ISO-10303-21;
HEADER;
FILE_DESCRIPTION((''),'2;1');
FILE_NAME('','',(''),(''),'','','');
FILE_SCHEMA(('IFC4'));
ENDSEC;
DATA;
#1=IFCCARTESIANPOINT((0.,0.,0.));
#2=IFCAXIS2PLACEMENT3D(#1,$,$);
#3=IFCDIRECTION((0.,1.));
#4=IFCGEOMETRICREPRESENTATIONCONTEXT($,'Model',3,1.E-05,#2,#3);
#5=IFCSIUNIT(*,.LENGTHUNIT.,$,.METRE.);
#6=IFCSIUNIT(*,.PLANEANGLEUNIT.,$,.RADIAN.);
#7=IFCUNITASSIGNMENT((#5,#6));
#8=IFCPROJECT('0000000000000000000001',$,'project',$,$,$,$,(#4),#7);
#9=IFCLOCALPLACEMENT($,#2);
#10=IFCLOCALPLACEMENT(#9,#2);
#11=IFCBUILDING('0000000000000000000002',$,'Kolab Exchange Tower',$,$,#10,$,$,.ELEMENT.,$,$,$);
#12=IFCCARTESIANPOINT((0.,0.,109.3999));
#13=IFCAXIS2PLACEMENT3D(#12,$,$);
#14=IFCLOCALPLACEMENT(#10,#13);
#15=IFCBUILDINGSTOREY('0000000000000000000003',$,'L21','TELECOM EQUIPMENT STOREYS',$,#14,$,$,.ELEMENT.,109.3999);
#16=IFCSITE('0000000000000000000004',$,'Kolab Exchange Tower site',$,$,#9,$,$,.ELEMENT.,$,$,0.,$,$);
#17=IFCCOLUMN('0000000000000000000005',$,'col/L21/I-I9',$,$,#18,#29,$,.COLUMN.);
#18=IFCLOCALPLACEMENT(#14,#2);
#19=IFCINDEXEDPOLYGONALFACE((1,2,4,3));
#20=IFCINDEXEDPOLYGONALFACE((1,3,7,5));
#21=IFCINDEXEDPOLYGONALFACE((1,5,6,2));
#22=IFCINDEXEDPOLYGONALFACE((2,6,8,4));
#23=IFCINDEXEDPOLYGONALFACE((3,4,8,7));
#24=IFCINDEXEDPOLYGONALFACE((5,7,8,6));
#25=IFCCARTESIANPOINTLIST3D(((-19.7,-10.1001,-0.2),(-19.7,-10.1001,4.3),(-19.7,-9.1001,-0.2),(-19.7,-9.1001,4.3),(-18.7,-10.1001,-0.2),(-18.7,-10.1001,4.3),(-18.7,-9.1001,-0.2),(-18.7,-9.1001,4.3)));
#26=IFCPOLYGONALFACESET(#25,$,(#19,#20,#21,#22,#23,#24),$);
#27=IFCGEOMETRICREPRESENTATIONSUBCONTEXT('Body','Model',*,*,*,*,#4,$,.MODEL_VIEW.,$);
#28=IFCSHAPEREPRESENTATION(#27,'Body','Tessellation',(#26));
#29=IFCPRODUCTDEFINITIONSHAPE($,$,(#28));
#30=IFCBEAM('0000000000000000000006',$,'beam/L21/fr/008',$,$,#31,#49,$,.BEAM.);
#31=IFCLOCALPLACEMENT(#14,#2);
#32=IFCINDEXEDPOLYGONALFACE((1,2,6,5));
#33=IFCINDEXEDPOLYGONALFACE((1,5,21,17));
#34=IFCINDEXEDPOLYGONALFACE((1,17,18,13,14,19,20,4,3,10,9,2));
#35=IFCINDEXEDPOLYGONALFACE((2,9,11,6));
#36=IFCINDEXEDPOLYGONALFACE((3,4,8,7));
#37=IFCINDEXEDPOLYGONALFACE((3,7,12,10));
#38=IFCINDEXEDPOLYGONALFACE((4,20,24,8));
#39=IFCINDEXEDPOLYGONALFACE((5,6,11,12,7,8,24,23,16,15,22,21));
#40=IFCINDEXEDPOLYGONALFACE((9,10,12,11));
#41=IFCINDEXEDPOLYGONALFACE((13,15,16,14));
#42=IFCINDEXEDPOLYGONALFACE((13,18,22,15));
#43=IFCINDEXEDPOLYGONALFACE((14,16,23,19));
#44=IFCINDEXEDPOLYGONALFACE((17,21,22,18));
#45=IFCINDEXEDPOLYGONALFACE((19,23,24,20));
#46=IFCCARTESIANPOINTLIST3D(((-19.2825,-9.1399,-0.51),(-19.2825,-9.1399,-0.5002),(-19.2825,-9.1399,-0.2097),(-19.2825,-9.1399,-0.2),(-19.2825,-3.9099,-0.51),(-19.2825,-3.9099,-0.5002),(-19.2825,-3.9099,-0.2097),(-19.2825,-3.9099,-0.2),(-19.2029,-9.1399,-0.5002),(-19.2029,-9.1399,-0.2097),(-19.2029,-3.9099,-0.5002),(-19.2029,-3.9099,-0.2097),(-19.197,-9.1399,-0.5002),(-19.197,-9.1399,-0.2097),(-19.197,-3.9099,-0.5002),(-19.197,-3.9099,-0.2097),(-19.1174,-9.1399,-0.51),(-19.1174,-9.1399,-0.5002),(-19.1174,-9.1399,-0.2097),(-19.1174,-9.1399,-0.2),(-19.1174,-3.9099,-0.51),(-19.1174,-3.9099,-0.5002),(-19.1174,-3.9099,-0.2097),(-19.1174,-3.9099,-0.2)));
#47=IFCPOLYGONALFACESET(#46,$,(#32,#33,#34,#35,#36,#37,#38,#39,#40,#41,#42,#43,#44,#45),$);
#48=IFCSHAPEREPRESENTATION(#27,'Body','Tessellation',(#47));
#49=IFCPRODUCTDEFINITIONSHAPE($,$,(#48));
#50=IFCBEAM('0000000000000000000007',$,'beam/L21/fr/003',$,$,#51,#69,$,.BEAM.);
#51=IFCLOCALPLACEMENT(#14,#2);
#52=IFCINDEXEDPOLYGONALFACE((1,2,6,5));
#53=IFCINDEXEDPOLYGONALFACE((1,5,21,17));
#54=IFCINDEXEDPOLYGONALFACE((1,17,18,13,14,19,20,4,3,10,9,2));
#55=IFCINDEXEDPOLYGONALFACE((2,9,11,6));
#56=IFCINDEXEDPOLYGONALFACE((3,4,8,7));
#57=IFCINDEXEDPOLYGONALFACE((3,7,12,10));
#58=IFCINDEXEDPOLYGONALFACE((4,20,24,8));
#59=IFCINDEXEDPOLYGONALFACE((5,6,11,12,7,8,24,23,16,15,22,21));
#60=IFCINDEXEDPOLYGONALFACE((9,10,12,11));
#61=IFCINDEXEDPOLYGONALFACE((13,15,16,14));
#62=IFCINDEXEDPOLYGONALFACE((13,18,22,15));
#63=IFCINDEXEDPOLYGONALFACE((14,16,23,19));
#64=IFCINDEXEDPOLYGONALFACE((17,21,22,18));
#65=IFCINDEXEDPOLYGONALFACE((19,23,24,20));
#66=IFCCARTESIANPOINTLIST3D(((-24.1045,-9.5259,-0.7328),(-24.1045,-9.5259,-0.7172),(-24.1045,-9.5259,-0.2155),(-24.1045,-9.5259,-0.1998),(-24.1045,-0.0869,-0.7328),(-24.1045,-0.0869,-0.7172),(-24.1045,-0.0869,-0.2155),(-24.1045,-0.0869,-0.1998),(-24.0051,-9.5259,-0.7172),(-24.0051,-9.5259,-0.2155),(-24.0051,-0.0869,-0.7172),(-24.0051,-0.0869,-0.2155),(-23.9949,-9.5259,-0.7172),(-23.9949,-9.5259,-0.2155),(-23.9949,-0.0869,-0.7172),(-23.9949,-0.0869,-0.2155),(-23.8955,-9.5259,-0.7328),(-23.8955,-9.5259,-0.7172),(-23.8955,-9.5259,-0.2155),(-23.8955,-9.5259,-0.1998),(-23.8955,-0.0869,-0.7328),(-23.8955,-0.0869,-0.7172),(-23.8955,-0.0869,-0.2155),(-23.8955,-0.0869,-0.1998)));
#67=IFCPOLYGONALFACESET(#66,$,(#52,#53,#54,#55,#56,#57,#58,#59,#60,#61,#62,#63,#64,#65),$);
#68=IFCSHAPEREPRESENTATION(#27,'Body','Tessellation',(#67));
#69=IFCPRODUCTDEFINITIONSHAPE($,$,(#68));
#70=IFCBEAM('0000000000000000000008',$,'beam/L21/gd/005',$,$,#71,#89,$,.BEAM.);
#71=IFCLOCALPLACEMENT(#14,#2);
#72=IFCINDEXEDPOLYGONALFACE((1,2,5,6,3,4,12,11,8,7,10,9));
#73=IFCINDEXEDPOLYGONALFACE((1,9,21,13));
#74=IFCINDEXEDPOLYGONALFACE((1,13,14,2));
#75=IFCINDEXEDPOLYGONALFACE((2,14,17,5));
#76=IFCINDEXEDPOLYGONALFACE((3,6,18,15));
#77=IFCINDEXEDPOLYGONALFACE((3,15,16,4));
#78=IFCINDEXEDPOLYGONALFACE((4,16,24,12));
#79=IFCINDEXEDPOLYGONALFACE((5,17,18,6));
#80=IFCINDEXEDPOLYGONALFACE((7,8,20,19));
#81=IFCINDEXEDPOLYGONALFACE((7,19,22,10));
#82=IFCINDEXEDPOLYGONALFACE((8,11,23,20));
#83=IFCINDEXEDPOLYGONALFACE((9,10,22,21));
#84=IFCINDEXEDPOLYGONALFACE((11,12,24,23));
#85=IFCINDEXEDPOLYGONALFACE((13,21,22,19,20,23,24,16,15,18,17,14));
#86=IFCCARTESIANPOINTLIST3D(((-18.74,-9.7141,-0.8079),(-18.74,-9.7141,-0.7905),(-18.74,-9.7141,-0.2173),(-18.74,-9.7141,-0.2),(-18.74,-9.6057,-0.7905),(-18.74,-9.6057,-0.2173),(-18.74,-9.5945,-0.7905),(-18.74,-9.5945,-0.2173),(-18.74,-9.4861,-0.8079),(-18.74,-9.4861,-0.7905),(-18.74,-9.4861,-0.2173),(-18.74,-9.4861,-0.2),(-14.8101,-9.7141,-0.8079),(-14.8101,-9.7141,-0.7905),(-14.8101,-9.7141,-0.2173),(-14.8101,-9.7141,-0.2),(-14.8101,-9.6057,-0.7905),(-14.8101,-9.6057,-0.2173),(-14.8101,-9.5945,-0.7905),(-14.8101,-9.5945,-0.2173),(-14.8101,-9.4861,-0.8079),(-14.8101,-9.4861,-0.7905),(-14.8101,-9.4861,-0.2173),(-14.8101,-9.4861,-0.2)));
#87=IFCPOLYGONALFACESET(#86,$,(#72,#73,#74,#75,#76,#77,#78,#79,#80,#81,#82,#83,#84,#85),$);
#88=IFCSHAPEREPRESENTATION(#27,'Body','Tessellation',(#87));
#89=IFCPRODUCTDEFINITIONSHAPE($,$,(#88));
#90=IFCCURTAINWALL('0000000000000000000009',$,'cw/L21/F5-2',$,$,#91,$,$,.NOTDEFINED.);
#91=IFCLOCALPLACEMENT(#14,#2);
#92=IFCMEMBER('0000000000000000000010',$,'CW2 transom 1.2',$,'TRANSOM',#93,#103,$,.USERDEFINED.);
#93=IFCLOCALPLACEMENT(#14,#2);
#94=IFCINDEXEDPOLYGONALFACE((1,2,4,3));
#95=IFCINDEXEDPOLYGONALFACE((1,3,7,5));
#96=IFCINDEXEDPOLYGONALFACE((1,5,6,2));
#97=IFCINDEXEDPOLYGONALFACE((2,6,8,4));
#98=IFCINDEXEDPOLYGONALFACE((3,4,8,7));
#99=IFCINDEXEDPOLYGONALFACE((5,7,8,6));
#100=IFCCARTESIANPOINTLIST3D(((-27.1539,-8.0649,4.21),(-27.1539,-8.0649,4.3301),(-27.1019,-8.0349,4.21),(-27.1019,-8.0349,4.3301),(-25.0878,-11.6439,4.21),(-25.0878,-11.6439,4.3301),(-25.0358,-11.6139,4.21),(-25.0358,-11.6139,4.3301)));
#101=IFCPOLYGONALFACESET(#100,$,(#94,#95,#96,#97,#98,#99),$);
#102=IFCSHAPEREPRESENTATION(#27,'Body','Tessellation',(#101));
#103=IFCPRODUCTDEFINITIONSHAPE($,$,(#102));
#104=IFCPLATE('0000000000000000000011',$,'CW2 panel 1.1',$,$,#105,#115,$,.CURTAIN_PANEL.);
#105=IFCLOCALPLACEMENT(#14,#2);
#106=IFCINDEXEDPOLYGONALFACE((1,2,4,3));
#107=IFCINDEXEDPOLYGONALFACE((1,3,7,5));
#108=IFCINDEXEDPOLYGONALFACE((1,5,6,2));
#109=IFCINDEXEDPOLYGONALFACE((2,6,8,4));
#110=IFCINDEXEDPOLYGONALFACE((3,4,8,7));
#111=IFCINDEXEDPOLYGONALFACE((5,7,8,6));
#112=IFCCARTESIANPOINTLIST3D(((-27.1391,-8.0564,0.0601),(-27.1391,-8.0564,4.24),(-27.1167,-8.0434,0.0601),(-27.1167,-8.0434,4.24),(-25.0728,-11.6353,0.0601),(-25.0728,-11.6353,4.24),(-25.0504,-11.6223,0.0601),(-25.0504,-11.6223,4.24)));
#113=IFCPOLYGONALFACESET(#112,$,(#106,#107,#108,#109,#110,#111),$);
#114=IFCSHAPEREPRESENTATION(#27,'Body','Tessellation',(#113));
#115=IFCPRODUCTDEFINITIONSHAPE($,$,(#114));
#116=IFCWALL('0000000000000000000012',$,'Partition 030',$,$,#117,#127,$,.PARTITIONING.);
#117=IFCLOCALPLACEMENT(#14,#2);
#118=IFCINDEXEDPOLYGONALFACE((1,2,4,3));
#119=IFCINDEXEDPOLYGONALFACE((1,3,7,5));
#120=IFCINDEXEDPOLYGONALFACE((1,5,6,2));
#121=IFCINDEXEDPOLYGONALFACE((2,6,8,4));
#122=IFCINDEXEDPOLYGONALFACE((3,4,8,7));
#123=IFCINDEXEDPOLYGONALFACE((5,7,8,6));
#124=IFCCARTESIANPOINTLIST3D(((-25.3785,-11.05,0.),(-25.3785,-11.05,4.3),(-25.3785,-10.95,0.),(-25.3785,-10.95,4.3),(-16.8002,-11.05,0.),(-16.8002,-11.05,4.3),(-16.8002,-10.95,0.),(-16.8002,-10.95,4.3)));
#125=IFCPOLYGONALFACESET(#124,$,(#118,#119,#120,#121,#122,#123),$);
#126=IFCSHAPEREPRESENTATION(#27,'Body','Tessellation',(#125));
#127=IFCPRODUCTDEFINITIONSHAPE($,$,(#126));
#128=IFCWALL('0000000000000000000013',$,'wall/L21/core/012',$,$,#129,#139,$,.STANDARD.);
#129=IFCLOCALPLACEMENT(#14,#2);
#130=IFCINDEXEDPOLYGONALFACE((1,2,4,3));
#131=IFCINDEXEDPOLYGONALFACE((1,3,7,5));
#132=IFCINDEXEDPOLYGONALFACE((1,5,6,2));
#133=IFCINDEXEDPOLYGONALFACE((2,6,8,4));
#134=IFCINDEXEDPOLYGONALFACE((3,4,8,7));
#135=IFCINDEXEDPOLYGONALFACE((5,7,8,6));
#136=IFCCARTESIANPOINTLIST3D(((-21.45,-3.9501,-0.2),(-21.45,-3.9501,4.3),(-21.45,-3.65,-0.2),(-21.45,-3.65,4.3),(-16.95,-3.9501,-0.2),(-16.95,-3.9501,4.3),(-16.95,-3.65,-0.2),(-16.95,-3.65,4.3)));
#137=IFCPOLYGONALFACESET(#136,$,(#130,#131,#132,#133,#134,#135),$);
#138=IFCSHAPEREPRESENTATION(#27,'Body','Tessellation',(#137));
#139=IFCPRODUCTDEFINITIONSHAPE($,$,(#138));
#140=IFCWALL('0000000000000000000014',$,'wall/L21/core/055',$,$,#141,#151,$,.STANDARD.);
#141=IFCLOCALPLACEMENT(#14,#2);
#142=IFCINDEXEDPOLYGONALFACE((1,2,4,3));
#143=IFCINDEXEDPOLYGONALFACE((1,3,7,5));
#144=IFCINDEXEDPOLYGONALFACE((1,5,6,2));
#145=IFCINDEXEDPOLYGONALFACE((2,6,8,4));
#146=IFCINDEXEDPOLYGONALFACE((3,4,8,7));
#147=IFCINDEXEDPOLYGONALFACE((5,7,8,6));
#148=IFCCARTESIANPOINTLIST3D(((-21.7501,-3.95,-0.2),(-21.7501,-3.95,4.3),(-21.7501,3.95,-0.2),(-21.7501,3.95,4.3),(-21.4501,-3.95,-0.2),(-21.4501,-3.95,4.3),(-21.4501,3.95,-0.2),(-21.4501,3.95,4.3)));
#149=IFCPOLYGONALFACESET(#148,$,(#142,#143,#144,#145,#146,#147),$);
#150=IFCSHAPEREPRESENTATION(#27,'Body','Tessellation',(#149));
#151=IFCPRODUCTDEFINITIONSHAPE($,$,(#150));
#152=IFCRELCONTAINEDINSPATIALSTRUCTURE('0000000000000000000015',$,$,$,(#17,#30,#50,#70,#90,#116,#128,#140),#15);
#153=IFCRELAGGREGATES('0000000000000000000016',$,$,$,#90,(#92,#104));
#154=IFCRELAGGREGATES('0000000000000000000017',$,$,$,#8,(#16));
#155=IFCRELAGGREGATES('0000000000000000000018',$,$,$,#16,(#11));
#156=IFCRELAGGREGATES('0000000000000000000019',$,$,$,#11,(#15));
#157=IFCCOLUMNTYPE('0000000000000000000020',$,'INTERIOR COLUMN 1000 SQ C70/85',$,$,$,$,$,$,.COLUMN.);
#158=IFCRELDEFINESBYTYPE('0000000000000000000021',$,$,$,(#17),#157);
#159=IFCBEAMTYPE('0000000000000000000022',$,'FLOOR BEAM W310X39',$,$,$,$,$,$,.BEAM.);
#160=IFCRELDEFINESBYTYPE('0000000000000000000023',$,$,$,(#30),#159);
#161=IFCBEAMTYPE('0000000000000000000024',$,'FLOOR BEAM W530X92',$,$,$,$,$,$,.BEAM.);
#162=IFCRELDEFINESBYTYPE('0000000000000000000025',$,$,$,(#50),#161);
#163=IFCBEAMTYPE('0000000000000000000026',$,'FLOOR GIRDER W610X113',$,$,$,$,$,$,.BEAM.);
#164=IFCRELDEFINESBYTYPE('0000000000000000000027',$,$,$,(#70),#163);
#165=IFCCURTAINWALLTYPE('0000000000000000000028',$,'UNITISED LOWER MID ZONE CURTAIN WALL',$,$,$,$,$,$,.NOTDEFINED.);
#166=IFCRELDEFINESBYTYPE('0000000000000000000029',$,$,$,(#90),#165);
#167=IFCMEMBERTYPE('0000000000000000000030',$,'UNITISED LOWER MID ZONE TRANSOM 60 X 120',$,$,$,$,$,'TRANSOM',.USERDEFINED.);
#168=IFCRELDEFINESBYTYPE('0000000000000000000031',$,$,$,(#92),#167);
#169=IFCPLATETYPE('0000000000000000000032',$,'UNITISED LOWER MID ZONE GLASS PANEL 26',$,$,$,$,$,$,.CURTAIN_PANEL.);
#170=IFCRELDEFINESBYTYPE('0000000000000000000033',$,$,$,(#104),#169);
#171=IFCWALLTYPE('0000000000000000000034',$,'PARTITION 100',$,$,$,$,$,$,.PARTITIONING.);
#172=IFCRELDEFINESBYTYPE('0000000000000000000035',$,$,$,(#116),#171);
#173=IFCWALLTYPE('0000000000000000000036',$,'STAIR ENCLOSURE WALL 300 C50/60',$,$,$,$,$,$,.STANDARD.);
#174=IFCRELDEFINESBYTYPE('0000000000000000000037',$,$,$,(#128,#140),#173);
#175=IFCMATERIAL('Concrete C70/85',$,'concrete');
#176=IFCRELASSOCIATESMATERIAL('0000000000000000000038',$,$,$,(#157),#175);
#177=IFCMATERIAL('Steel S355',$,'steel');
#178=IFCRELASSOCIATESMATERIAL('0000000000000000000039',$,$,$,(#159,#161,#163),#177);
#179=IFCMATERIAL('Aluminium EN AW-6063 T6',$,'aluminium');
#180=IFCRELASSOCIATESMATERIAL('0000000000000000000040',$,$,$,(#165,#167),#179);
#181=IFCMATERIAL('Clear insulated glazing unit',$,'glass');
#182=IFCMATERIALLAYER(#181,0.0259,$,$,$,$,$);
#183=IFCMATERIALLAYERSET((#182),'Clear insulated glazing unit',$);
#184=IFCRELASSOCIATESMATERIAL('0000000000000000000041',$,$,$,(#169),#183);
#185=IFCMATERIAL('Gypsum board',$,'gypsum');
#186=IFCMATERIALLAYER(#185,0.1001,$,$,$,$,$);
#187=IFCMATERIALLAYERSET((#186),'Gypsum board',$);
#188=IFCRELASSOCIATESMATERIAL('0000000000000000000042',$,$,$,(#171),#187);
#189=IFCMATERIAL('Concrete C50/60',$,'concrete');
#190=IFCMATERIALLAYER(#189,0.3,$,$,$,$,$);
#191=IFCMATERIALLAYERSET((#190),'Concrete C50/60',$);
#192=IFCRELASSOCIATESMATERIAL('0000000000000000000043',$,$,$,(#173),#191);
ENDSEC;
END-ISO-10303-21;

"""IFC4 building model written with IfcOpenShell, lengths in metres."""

from ifc_helpers import new_model, si_unit, direction, frame, frame_2d, origin, origin_2d, place, context, subcontext, project, spatial, rectangle, i_section, extrude, material, layer, layer_set, material_profile, profile_set, type_object, element, aggregate, save


model = new_model("IFC4")

# Units and contexts
model_context = context("Model", 3, precision=1e-05, world=origin(), true_north=direction((0.0, 1.0)))
body_context = subcontext(model_context, "Body", "Model", "MODEL_VIEW")
ifc_project = project(units=[si_unit("LENGTHUNIT", "METRE"), si_unit("PLANEANGLEUNIT", "RADIAN")], contexts=[model_context])

# Site, building, storey
site_placement = place(None, origin())
site = spatial("IfcSite", under=ifc_project, at=site_placement, Name="Kolab Exchange Tower site", CompositionType="ELEMENT", RefElevation=0.0)
building_placement = place(site_placement, origin())
building = spatial("IfcBuilding", under=site, at=building_placement, Name="Kolab Exchange Tower", CompositionType="ELEMENT")
storey_placement = place(building_placement, frame((0.0, 0.0, 109.3999)))
storey = spatial("IfcBuildingStorey", under=building, at=storey_placement, Name="L21", Description="TELECOM EQUIPMENT STOREYS", CompositionType="ELEMENT", Elevation=109.3999)

# Column
ifc_material_1 = material(Name="Concrete C70/85", Category="concrete")
ifc_material_profile_1 = material_profile(ifc_material_1, rectangle(XDim=1.0, YDim=1.0, at=origin_2d()), Name="RC1000")
ifc_profile_set_1 = profile_set([ifc_material_profile_1], Name="Concrete C70/85")
column_type = type_object("IfcColumnType", Name="INTERIOR COLUMN 1000 SQ C70/85", PredefinedType="COLUMN", material=ifc_profile_set_1)
column_placement = place(storey_placement, frame((-19.2, -9.6001, -0.2), z_axis=(0.0, 0.0, 1.0), x_axis=(1.0, 0.0, 0.0)))
element("IfcColumn", 1, at=column_placement, inside=storey, type_object=column_type, Name="col/L21/I-I9", PredefinedType="COLUMN", context=body_context, shape_type="SweptSolid", body=[
    extrude(rectangle(XDim=1.0, YDim=1.0, at=origin_2d()), origin(), (0.0, 0.0, 1.0), 4.5),
])

# Beams
ifc_material_2 = material(Name="Steel S355", Category="steel")
ifc_material_profile_2 = material_profile(ifc_material_2, i_section(OverallWidth=0.165, OverallDepth=0.3101, WebThickness=0.0059, FlangeThickness=0.0098, at=origin_2d()), Name="W310X39")
ifc_profile_set_2 = profile_set([ifc_material_profile_2], Name="Steel S355")
beam_type_1 = type_object("IfcBeamType", Name="FLOOR BEAM W310X39", PredefinedType="BEAM", material=ifc_profile_set_2)
beam_1_placement = place(storey_placement, frame((-19.2, -9.1399, -0.355), z_axis=(0.0, 1.0, 0.0), x_axis=(-1.0, 0.0, 0.0)))
element("IfcBeam", 2, at=beam_1_placement, inside=storey, type_object=beam_type_1, Name="beam/L21/fr/008", PredefinedType="BEAM", context=body_context, shape_type="SweptSolid", body=[
    extrude(i_section(OverallWidth=0.165, OverallDepth=0.3101, WebThickness=0.0059, FlangeThickness=0.0098, at=origin_2d()), origin(), (0.0, 0.0, 1.0), 5.23),
])
ifc_material_profile_3 = material_profile(ifc_material_2, i_section(OverallWidth=0.209, OverallDepth=0.533, WebThickness=0.0103, FlangeThickness=0.0156, at=origin_2d()), Name="W530X92")
ifc_profile_set_3 = profile_set([ifc_material_profile_3], Name="Steel S355")
beam_type_2 = type_object("IfcBeamType", Name="FLOOR BEAM W530X92", PredefinedType="BEAM", material=ifc_profile_set_3)
beam_2_placement = place(storey_placement, frame((-24.0, -9.5259, -0.4663), z_axis=(0.0, 1.0, 0.0), x_axis=(-1.0, 0.0, 0.0)))
element("IfcBeam", 3, at=beam_2_placement, inside=storey, type_object=beam_type_2, Name="beam/L21/fr/003", PredefinedType="BEAM", context=body_context, shape_type="SweptSolid", body=[
    extrude(i_section(OverallWidth=0.209, OverallDepth=0.533, WebThickness=0.0103, FlangeThickness=0.0156, at=origin_2d()), origin(), (0.0, 0.0, 1.0), 9.439),
])
ifc_material_profile_4 = material_profile(ifc_material_2, i_section(OverallWidth=0.228, OverallDepth=0.6079, WebThickness=0.0112, FlangeThickness=0.0173, at=origin_2d()), Name="W610X113")
ifc_profile_set_4 = profile_set([ifc_material_profile_4], Name="Steel S355")
beam_type_3 = type_object("IfcBeamType", Name="FLOOR GIRDER W610X113", PredefinedType="BEAM", material=ifc_profile_set_4)
beam_3_placement = place(storey_placement, frame((-18.74, -9.6001, -0.5039), z_axis=(1.0, 0.0, 0.0), x_axis=(0.0, 1.0, 0.0)))
element("IfcBeam", 4, at=beam_3_placement, inside=storey, type_object=beam_type_3, Name="beam/L21/gd/005", PredefinedType="BEAM", context=body_context, shape_type="SweptSolid", body=[
    extrude(i_section(OverallWidth=0.228, OverallDepth=0.6079, WebThickness=0.0112, FlangeThickness=0.0173, at=origin_2d()), origin(), (0.0, 0.0, 1.0), 3.9299),
])

# Curtain wall, member, plate
ifc_material_3 = material(Name="Aluminium EN AW-6063 T6", Category="aluminium")
curtain_wall_type = type_object("IfcCurtainWallType", Name="UNITISED LOWER MID ZONE CURTAIN WALL", PredefinedType="NOTDEFINED", material=ifc_material_3)
curtain_wall_placement = place(storey_placement, origin())
curtain_wall = element("IfcCurtainWall", 5, at=curtain_wall_placement, inside=storey, type_object=curtain_wall_type, Name="cw/L21/F5-2", PredefinedType="NOTDEFINED")
ifc_material_profile_5 = material_profile(ifc_material_3, rectangle(XDim=0.0601, YDim=0.1201, at=origin_2d()), Name="RECT 60X120")
ifc_profile_set_5 = profile_set([ifc_material_profile_5], Name="Aluminium EN AW-6063 T6")
member_type = type_object("IfcMemberType", Name="UNITISED LOWER MID ZONE TRANSOM 60 X 120", ElementType="TRANSOM", PredefinedType="USERDEFINED", material=ifc_profile_set_5)
member_placement = place(storey_placement, frame((-25.0618, -11.6289, 4.27), z_axis=(-0.499958, 0.86605, 0.0), x_axis=(-0.86605, -0.499958, 0.0)))
member = element("IfcMember", 6, at=member_placement, type_object=member_type, Name="CW2 transom 1.2", ObjectType="TRANSOM", PredefinedType="USERDEFINED", context=body_context, shape_type="SweptSolid", body=[
    extrude(rectangle(XDim=0.0601, YDim=0.1201, at=origin_2d()), origin(), (0.0, 0.0, 1.0), 4.1326),
])
ifc_material_4 = material(Name="Clear insulated glazing unit", Category="glass")
ifc_layer_1 = layer(ifc_material_4, 0.0259)
ifc_layer_set_1 = layer_set([ifc_layer_1], Name="Clear insulated glazing unit")
plate_type = type_object("IfcPlateType", Name="UNITISED LOWER MID ZONE GLASS PANEL 26", PredefinedType="CURTAIN_PANEL", material=ifc_layer_set_1)
plate_placement = place(storey_placement, frame((-26.0947, -9.8394, 0.0601), z_axis=(0.0, 0.0, 1.0), x_axis=(-0.5, 0.866025, 0.0)))
plate = element("IfcPlate", 7, at=plate_placement, type_object=plate_type, Name="CW2 panel 1.1", PredefinedType="CURTAIN_PANEL", context=body_context, shape_type="SweptSolid", body=[
    extrude(rectangle(XDim=4.1326, YDim=0.0259, at=origin_2d()), origin(), (0.0, 0.0, 1.0), 4.1799),
])
aggregate(curtain_wall, [member, plate])

# Walls
ifc_material_5 = material(Name="Gypsum board", Category="gypsum")
ifc_layer_2 = layer(ifc_material_5, 0.1001)
ifc_layer_set_2 = layer_set([ifc_layer_2], Name="Gypsum board")
wall_type_1 = type_object("IfcWallType", Name="PARTITION 100", PredefinedType="PARTITIONING", material=ifc_layer_set_2)
wall_1_placement = place(storey_placement, frame((-25.3784, -11.0, 0.0), z_axis=(0.0, 0.0, 1.0), x_axis=(1.0, 0.0, 0.0)))
element("IfcWall", 8, at=wall_1_placement, inside=storey, type_object=wall_type_1, Name="Partition 030", PredefinedType="PARTITIONING", context=body_context, shape_type="SweptSolid", body=[
    extrude(rectangle(XDim=8.5784, YDim=0.1001, at=frame_2d((4.2891, 0.0))), origin(), (0.0, 0.0, 1.0), 4.3),
])
ifc_material_6 = material(Name="Concrete C50/60", Category="concrete")
ifc_layer_3 = layer(ifc_material_6, 0.3)
ifc_layer_set_3 = layer_set([ifc_layer_3], Name="Concrete C50/60")
wall_type_2 = type_object("IfcWallType", Name="STAIR ENCLOSURE WALL 300 C50/60", PredefinedType="STANDARD", material=ifc_layer_set_3)
wall_2_placement = place(storey_placement, frame((-21.45, -3.8, -0.2), z_axis=(0.0, 0.0, 1.0), x_axis=(1.0, 0.0, 0.0)))
element("IfcWall", 9, at=wall_2_placement, inside=storey, type_object=wall_type_2, Name="wall/L21/core/012", PredefinedType="STANDARD", context=body_context, shape_type="SweptSolid", body=[
    extrude(rectangle(XDim=4.5, YDim=0.3, at=frame_2d((2.25, 0.0))), origin(), (0.0, 0.0, 1.0), 4.5),
])
wall_3_placement = place(storey_placement, frame((-21.6001, -3.95, -0.2), z_axis=(0.0, 0.0, 1.0), x_axis=(0.0, 1.0, 0.0)))
element("IfcWall", 10, at=wall_3_placement, inside=storey, type_object=wall_type_2, Name="wall/L21/core/055", PredefinedType="STANDARD", context=body_context, shape_type="SweptSolid", body=[
    extrude(rectangle(XDim=7.8999, YDim=0.3, at=frame_2d((3.95, 0.0))), origin(), (0.0, 0.0, 1.0), 4.5),
])

save(model, "model.ifc")
